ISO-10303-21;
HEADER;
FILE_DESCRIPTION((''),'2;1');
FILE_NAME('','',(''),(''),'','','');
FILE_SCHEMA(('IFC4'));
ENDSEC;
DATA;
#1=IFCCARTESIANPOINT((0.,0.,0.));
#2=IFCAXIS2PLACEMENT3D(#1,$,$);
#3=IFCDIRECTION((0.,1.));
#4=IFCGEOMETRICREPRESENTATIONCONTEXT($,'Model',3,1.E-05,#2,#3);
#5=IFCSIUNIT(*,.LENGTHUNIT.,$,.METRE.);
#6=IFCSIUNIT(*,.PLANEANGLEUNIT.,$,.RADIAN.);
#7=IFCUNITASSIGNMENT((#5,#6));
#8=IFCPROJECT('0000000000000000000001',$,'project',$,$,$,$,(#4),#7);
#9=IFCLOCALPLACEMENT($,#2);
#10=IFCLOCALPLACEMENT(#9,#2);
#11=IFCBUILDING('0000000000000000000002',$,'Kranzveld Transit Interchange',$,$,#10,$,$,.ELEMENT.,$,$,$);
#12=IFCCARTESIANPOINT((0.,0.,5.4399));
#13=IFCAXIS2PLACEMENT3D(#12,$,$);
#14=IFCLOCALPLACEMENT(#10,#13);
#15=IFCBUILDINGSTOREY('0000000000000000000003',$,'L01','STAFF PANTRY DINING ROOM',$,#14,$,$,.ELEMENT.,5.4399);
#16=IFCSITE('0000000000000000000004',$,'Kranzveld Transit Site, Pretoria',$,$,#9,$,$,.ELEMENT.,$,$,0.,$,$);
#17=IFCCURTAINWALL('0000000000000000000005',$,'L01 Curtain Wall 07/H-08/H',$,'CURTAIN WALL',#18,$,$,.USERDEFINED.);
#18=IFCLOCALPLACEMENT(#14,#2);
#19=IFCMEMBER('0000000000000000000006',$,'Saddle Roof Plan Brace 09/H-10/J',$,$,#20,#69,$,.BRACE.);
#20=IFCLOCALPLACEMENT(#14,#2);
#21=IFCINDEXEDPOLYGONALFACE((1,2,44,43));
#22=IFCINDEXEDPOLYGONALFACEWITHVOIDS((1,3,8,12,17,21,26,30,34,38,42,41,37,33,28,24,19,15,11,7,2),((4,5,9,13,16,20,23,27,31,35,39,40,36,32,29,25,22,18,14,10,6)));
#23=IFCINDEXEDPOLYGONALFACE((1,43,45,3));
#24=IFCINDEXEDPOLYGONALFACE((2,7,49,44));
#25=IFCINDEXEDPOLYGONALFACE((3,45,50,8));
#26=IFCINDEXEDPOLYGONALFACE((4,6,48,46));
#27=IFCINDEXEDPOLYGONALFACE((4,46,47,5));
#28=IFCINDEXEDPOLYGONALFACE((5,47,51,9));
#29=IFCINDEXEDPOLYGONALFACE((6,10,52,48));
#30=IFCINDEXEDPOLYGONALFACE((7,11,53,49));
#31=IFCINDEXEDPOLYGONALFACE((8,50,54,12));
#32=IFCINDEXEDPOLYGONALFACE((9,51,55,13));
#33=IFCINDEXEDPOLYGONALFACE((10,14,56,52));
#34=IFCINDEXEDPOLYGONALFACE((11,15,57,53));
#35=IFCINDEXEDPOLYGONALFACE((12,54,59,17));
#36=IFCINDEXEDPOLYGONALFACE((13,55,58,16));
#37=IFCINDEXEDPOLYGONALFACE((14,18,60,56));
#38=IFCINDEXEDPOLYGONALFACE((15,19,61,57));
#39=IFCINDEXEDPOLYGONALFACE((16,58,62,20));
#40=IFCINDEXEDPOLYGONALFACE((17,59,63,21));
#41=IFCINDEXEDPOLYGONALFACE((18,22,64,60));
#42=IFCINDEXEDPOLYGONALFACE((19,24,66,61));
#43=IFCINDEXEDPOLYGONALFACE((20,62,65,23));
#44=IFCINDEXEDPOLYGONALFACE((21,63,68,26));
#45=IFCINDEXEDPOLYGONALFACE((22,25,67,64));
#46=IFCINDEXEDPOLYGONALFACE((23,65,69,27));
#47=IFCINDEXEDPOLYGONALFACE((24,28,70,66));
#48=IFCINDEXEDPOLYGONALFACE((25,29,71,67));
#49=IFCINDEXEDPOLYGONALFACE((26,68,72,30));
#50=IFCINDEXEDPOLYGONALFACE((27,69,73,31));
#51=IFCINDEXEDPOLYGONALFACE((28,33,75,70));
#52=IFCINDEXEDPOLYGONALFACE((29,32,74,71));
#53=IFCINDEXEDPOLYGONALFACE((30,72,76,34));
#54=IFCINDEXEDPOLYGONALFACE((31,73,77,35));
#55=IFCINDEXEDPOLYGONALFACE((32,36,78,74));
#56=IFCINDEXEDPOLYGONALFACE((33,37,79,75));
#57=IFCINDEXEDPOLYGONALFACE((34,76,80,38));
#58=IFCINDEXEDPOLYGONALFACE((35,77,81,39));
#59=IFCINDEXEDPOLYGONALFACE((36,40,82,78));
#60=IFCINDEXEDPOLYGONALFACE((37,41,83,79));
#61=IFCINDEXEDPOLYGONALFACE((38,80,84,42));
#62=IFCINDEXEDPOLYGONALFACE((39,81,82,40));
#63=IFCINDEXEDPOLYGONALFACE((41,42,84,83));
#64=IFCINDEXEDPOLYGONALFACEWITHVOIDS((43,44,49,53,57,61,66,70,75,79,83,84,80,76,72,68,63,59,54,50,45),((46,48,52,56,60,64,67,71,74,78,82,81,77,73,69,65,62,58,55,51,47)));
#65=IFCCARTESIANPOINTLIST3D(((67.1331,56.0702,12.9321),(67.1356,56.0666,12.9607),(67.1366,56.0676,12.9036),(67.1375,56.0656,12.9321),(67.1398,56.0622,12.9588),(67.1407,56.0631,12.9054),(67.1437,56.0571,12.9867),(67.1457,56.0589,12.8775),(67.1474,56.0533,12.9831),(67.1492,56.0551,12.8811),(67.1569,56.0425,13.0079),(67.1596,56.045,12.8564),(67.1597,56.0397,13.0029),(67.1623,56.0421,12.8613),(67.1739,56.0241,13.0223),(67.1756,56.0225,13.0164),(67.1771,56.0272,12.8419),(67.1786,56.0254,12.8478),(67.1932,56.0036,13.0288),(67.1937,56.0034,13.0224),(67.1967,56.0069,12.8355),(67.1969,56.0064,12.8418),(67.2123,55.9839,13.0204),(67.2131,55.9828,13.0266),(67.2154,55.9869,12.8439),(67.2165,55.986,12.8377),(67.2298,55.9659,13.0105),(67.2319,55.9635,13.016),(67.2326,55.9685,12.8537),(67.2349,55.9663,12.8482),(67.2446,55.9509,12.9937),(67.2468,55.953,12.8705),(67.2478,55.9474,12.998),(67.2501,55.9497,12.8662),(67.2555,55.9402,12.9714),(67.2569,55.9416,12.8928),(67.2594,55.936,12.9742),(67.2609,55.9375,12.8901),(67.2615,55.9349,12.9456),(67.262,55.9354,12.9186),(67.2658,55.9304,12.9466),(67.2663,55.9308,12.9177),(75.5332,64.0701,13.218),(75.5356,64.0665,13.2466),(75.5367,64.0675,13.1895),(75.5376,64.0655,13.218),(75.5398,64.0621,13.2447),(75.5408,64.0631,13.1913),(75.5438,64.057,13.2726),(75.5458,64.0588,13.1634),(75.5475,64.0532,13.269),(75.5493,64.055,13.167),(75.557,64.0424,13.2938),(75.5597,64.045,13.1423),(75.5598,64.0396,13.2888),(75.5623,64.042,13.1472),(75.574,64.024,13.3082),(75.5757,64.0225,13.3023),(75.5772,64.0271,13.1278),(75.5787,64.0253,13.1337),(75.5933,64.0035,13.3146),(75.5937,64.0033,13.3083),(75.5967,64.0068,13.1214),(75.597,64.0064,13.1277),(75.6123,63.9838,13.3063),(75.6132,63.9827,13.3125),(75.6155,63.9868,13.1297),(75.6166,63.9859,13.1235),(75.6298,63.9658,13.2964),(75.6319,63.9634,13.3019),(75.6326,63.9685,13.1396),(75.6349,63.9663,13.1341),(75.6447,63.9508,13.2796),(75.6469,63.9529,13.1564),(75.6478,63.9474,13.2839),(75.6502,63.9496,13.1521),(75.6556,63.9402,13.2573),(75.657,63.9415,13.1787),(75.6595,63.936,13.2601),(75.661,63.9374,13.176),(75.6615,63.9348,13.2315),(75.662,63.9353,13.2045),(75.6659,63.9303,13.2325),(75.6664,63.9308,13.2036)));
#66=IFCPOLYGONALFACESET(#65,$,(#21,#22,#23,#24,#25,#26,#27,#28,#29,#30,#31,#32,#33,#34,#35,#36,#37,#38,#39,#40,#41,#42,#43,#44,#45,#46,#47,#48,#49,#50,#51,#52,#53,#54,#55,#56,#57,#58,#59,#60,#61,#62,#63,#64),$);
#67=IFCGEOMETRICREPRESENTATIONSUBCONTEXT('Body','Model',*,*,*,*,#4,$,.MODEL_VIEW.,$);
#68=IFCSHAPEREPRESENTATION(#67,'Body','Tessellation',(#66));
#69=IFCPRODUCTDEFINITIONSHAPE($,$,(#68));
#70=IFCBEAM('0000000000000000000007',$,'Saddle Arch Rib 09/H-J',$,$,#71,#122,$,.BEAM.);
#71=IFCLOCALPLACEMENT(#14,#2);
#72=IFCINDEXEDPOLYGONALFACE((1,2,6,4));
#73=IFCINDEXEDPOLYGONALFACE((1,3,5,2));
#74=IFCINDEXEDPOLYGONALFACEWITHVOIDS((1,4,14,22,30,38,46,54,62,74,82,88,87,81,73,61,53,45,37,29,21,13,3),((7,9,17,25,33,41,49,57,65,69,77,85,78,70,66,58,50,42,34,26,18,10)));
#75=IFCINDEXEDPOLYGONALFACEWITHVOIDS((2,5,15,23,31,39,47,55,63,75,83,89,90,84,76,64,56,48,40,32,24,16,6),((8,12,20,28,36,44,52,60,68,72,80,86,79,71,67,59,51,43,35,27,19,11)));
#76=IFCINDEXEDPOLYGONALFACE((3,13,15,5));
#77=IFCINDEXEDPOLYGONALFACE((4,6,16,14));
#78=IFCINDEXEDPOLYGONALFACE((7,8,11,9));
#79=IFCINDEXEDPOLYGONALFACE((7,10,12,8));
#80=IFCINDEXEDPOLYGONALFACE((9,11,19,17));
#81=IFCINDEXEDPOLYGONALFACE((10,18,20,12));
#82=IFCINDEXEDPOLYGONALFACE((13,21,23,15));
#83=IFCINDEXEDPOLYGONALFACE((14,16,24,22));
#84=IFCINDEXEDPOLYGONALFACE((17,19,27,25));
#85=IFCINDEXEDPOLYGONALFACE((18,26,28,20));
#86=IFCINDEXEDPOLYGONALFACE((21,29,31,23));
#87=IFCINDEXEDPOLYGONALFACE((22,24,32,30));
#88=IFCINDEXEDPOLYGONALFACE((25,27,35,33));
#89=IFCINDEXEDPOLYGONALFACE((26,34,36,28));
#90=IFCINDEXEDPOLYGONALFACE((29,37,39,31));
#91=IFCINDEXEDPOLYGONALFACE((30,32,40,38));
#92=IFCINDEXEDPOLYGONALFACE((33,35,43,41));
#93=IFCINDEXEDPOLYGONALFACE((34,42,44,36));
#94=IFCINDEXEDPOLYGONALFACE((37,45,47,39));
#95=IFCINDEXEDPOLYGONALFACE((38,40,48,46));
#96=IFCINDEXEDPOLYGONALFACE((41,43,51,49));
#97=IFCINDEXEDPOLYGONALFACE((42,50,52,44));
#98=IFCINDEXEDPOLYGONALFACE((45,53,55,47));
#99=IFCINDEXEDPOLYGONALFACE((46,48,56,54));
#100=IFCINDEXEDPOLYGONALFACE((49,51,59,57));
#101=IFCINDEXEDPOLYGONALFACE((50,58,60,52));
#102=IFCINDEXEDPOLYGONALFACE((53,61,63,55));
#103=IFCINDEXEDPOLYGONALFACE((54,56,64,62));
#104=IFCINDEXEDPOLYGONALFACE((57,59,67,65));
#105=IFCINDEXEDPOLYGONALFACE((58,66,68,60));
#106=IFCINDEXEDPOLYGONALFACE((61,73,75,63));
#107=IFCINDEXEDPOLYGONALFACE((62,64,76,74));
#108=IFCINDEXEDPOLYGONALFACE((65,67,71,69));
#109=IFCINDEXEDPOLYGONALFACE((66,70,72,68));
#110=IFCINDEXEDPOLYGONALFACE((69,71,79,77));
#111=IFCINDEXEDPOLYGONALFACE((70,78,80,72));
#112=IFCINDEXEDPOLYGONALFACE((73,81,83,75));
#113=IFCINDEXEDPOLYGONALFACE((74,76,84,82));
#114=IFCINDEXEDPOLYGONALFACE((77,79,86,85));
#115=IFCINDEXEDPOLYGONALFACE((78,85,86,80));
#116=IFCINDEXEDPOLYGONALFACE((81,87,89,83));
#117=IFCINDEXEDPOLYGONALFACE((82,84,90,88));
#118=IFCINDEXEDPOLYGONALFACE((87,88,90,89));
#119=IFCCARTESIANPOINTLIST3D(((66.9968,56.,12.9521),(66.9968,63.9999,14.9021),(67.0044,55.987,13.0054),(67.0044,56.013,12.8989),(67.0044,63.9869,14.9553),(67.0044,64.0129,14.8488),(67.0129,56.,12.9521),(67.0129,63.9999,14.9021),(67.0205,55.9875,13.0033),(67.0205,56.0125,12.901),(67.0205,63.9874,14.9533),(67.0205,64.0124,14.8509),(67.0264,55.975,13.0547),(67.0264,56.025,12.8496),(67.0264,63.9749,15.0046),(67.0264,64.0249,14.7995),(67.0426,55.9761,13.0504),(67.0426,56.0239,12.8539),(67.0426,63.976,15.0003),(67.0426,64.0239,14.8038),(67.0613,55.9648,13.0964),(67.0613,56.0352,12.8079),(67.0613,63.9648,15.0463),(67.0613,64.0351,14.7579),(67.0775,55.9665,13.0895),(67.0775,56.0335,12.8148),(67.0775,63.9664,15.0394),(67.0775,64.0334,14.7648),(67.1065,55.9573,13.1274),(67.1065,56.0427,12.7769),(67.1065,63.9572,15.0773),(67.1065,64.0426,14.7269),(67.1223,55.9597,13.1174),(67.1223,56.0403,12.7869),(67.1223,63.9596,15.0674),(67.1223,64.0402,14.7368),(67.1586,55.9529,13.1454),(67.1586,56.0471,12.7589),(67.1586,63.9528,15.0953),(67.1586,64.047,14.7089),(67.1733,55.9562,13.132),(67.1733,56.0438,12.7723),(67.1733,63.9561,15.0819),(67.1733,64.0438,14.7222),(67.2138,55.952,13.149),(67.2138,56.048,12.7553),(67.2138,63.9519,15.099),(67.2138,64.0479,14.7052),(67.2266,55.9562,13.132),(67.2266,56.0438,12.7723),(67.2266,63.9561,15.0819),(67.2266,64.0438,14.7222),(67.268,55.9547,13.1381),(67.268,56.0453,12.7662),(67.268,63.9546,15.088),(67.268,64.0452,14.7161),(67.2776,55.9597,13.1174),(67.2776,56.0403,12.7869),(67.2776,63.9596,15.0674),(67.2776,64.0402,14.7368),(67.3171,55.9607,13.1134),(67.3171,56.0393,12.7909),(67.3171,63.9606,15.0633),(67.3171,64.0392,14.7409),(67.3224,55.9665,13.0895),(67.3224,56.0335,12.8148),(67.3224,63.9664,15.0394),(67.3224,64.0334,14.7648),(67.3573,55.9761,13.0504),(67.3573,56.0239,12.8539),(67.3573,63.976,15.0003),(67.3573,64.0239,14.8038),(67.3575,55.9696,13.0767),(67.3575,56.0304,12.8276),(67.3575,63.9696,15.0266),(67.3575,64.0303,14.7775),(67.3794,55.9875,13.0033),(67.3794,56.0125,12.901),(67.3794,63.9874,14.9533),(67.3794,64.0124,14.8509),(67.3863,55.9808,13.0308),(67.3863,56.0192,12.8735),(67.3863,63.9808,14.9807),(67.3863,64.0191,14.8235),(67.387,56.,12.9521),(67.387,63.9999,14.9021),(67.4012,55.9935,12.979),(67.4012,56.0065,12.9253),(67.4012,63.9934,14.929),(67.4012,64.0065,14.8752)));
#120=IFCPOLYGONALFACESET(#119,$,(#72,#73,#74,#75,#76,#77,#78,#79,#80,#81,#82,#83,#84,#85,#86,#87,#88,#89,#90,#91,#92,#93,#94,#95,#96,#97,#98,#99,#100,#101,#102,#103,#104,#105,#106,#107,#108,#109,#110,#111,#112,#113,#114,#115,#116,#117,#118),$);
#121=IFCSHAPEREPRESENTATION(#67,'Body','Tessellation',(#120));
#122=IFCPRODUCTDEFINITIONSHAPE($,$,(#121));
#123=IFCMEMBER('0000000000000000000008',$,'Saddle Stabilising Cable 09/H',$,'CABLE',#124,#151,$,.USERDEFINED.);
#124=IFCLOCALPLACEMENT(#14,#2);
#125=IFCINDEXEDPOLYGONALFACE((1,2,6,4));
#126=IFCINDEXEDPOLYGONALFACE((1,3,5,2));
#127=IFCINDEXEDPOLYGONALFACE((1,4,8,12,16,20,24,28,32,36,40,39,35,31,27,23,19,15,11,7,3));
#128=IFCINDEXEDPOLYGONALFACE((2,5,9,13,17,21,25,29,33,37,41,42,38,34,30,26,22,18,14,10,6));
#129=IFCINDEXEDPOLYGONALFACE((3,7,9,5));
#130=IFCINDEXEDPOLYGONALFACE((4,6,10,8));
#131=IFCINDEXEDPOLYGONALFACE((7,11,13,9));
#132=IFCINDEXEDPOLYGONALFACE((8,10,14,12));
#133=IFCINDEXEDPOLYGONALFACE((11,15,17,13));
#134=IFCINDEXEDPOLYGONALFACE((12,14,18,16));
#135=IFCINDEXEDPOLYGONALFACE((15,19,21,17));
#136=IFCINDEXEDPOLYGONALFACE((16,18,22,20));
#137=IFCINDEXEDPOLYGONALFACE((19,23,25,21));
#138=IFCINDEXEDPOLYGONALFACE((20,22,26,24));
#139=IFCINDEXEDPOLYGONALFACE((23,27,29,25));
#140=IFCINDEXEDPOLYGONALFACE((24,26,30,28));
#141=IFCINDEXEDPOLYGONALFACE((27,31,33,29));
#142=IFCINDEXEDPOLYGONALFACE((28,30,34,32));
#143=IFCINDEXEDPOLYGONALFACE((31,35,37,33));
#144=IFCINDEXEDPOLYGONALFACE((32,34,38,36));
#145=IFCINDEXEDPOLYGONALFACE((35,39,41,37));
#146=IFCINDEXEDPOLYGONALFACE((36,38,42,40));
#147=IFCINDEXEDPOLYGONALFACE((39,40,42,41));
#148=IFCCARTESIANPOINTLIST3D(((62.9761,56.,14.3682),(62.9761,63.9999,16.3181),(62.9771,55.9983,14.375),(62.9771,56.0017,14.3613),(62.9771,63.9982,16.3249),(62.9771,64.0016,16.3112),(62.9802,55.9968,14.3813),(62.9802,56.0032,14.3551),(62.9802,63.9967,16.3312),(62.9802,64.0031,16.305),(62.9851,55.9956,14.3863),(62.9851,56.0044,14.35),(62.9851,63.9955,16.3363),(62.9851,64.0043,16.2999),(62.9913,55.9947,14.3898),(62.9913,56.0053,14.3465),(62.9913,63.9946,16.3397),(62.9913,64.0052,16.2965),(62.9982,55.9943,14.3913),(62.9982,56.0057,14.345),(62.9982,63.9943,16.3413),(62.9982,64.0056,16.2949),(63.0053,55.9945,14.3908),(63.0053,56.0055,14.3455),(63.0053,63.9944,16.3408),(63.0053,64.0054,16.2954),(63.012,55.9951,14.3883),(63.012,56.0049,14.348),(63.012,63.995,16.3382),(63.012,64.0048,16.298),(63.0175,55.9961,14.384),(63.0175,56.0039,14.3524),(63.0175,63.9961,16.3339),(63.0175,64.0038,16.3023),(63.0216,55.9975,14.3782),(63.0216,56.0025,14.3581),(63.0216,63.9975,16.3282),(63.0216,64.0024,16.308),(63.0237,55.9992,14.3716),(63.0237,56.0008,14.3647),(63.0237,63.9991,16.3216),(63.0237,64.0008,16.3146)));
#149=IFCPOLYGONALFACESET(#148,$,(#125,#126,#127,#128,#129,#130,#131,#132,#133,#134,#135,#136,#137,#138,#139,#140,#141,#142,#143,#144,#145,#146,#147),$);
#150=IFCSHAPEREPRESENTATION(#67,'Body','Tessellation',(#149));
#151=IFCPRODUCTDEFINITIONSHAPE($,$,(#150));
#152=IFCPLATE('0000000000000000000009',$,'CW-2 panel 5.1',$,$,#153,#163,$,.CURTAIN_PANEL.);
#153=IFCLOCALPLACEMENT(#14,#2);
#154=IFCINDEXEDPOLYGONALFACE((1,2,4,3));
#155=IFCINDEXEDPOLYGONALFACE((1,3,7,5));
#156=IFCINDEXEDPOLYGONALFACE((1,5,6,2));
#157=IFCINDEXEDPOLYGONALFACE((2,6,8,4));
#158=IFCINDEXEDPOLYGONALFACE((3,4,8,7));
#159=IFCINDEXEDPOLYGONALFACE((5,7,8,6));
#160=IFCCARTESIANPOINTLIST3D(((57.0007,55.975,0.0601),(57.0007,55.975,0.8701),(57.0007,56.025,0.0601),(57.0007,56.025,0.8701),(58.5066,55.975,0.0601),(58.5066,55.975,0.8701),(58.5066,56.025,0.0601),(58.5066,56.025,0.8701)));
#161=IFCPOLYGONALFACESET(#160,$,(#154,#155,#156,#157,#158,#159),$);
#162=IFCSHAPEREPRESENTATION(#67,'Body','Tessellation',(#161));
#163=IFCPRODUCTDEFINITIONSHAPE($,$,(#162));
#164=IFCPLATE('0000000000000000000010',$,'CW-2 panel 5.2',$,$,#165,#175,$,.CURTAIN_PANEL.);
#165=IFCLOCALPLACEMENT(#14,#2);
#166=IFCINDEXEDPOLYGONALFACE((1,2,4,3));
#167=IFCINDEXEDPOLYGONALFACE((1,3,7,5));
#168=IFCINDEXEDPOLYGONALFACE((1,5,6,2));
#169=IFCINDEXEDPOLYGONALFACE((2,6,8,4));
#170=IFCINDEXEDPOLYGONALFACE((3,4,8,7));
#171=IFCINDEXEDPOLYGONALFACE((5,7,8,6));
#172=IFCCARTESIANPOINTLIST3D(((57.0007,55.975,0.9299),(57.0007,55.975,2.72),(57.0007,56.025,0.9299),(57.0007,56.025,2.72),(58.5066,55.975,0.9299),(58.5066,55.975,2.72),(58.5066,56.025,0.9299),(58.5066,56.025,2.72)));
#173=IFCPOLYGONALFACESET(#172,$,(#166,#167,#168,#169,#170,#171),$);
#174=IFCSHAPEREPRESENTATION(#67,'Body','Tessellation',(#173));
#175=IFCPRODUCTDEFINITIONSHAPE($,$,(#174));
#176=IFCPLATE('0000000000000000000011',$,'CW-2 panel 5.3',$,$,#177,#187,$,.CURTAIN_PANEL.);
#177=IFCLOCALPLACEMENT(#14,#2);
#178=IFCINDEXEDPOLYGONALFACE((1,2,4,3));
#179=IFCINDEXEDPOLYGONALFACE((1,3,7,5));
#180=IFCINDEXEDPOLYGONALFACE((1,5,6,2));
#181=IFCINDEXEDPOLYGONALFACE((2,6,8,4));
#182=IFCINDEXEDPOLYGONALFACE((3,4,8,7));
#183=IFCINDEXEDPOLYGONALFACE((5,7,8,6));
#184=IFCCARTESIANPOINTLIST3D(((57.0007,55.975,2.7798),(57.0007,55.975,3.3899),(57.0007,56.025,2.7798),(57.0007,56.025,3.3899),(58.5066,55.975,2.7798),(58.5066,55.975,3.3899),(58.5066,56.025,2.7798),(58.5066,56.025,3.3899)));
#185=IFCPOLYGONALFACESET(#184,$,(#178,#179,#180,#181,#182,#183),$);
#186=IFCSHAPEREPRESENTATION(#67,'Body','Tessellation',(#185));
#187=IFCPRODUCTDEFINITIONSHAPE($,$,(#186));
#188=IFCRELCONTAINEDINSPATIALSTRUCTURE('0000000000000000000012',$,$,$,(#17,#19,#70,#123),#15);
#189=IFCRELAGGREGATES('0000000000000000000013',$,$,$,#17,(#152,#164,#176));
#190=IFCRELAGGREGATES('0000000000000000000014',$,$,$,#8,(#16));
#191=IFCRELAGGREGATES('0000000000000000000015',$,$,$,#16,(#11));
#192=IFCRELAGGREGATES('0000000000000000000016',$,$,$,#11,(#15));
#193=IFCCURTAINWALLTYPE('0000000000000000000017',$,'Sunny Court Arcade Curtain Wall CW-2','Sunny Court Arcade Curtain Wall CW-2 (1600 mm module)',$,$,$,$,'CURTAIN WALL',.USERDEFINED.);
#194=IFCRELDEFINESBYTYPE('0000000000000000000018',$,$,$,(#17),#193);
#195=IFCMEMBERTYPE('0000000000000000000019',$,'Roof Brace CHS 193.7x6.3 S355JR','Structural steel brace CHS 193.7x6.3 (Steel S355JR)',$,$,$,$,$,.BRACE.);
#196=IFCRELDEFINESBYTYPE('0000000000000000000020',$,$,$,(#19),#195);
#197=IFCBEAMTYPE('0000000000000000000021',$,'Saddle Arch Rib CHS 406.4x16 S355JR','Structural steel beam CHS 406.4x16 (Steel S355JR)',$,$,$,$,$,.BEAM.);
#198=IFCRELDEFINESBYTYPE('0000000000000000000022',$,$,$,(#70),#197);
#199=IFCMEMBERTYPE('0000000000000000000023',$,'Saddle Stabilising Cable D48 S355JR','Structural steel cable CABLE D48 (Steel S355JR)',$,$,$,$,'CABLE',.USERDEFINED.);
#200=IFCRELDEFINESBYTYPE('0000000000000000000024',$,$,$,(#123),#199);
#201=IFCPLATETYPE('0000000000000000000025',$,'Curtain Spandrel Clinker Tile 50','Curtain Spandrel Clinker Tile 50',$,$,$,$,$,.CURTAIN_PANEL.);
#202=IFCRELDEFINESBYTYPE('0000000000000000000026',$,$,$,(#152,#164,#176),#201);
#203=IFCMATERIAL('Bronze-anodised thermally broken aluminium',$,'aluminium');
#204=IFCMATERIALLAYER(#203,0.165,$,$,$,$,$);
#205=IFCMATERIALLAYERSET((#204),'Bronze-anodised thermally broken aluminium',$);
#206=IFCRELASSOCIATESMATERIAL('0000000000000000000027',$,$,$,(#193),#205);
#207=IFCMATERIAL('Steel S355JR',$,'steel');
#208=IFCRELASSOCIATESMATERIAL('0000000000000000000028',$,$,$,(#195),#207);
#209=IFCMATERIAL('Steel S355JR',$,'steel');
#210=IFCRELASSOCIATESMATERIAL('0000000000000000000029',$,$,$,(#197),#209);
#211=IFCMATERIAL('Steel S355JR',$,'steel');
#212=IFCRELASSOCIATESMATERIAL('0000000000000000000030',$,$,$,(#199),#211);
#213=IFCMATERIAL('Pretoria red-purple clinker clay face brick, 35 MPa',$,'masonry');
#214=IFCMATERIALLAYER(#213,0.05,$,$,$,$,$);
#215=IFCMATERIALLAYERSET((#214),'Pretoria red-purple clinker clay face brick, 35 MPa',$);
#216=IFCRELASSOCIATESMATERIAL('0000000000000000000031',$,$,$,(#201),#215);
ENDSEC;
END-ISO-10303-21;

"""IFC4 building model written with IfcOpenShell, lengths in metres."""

from ifc_helpers import new_model, si_unit, direction, frame, origin, origin_2d, place, context, subcontext, project, spatial, rectangle, circle, hollow_circle, extrude, material, layer, layer_set, material_profile, profile_set, type_object, element, aggregate, save


model = new_model("IFC4")

# Units and contexts
model_context = context("Model", 3, precision=1e-05, world=origin(), true_north=direction((0.0, 1.0)))
body_context = subcontext(model_context, "Body", "Model", "MODEL_VIEW")
ifc_project = project(units=[si_unit("LENGTHUNIT", "METRE"), si_unit("PLANEANGLEUNIT", "RADIAN")], contexts=[model_context])

# Site, building, storey
site_placement = place(None, origin())
site = spatial("IfcSite", under=ifc_project, at=site_placement, Name="Kranzveld Transit Site, Pretoria", CompositionType="ELEMENT", RefElevation=0.0)
building_placement = place(site_placement, origin())
building = spatial("IfcBuilding", under=site, at=building_placement, Name="Kranzveld Transit Interchange", CompositionType="ELEMENT")
storey_placement = place(building_placement, frame((0.0, 0.0, 5.4399)))
storey = spatial("IfcBuildingStorey", under=building, at=storey_placement, Name="L01", Description="STAFF PANTRY DINING ROOM", CompositionType="ELEMENT", Elevation=5.4399)

# Curtain wall
ifc_material_1 = material(Name="Bronze-anodised thermally broken aluminium", Category="aluminium")
ifc_layer_1 = layer(ifc_material_1, 0.165)
ifc_layer_set_1 = layer_set([ifc_layer_1], Name="Bronze-anodised thermally broken aluminium")
curtain_wall_type = type_object("IfcCurtainWallType", Name="Sunny Court Arcade Curtain Wall CW-2", Description="Sunny Court Arcade Curtain Wall CW-2 (1600 mm module)", ElementType="CURTAIN WALL", PredefinedType="USERDEFINED", material=ifc_layer_set_1)
curtain_wall_placement = place(storey_placement, origin())
curtain_wall = element("IfcCurtainWall", 1, at=curtain_wall_placement, inside=storey, type_object=curtain_wall_type, Name="L01 Curtain Wall 07/H-08/H", ObjectType="CURTAIN WALL", PredefinedType="USERDEFINED")

# Member
ifc_material_2 = material(Name="Steel S355JR", Category="steel")
ifc_material_profile_1 = material_profile(ifc_material_2, hollow_circle(Radius=0.0969, WallThickness=0.0063, at=origin_2d()), Name="CHS 193.7x6.3")
ifc_profile_set_1 = profile_set([ifc_material_profile_1], Name="Steel S355JR")
member_type_1 = type_object("IfcMemberType", Name="Roof Brace CHS 193.7x6.3 S355JR", Description="Structural steel brace CHS 193.7x6.3 (Steel S355JR)", PredefinedType="BRACE", material=ifc_profile_set_1)
member_1_placement = place(storey_placement, frame((67.2, 56.0, 12.9321), z_axis=(0.723924, 0.68944, 0.024638), x_axis=(-0.689649, 0.724144, 0.0)))
element("IfcMember", 2, at=member_1_placement, inside=storey, type_object=member_type_1, Name="Saddle Roof Plan Brace 09/H-10/J", PredefinedType="BRACE", context=body_context, shape_type="SweptSolid", body=[
    extrude(hollow_circle(Radius=0.0969, WallThickness=0.0063, at=origin_2d()), origin(), (0.0, 0.0, 1.0), 11.6035),
])

# Beam
ifc_material_3 = material(Name="Steel S355JR", Category="steel")
ifc_material_profile_2 = material_profile(ifc_material_3, hollow_circle(Radius=0.2031, WallThickness=0.0161, at=origin_2d()), Name="CHS 406.4x16")
ifc_profile_set_2 = profile_set([ifc_material_profile_2], Name="Steel S355JR")
beam_type_1 = type_object("IfcBeamType", Name="Saddle Arch Rib CHS 406.4x16 S355JR", Description="Structural steel beam CHS 406.4x16 (Steel S355JR)", PredefinedType="BEAM", material=ifc_profile_set_2)
beam_1_placement = place(storey_placement, frame((67.2, 56.0, 12.9521), z_axis=(0.0, 0.971556, 0.236811), x_axis=(-1.0, 0.0, 0.0)))
element("IfcBeam", 3, at=beam_1_placement, inside=storey, type_object=beam_type_1, Name="Saddle Arch Rib 09/H-J", PredefinedType="BEAM", context=body_context, shape_type="SweptSolid", body=[
    extrude(hollow_circle(Radius=0.2031, WallThickness=0.0161, at=origin_2d()), origin(), (0.0, 0.0, 1.0), 8.2341),
])

# Member
ifc_material_4 = material(Name="Steel S355JR", Category="steel")
ifc_material_profile_3 = material_profile(ifc_material_4, circle(Radius=0.0239, at=origin_2d()), Name="CABLE D48")
ifc_profile_set_3 = profile_set([ifc_material_profile_3], Name="Steel S355JR")
member_type_2 = type_object("IfcMemberType", Name="Saddle Stabilising Cable D48 S355JR", Description="Structural steel cable CABLE D48 (Steel S355JR)", ElementType="CABLE", PredefinedType="USERDEFINED", material=ifc_profile_set_3)
member_2_placement = place(storey_placement, frame((63.0, 56.0, 14.3682), z_axis=(0.0, 0.971556, 0.236811), x_axis=(-1.0, 0.0, 0.0)))
element("IfcMember", 4, at=member_2_placement, inside=storey, type_object=member_type_2, Name="Saddle Stabilising Cable 09/H", ObjectType="CABLE", PredefinedType="USERDEFINED", context=body_context, shape_type="SweptSolid", body=[
    extrude(circle(Radius=0.0239, at=origin_2d()), origin(), (0.0, 0.0, 1.0), 8.2341),
])

# Plates
ifc_material_5 = material(Name="Pretoria red-purple clinker clay face brick, 35 MPa", Category="masonry")
ifc_layer_2 = layer(ifc_material_5, 0.05)
ifc_layer_set_2 = layer_set([ifc_layer_2], Name="Pretoria red-purple clinker clay face brick, 35 MPa")
plate_type_1 = type_object("IfcPlateType", Name="Curtain Spandrel Clinker Tile 50", Description="Curtain Spandrel Clinker Tile 50", PredefinedType="CURTAIN_PANEL", material=ifc_layer_set_2)
plate_1_placement = place(storey_placement, frame((57.7537, 56.0, 0.0601), z_axis=(0.0, 0.0, 1.0), x_axis=(1.0, 0.0, 0.0)))
plate_1 = element("IfcPlate", 5, at=plate_1_placement, type_object=plate_type_1, Name="CW-2 panel 5.1", PredefinedType="CURTAIN_PANEL", context=body_context, shape_type="SweptSolid", body=[
    extrude(rectangle(XDim=1.5059, YDim=0.05, at=origin_2d()), origin(), (0.0, 0.0, 1.0), 0.8101),
])
plate_2_placement = place(storey_placement, frame((57.7537, 56.0, 0.9299), z_axis=(0.0, 0.0, 1.0), x_axis=(1.0, 0.0, 0.0)))
plate_2 = element("IfcPlate", 6, at=plate_2_placement, type_object=plate_type_1, Name="CW-2 panel 5.2", PredefinedType="CURTAIN_PANEL", context=body_context, shape_type="SweptSolid", body=[
    extrude(rectangle(XDim=1.5059, YDim=0.05, at=origin_2d()), origin(), (0.0, 0.0, 1.0), 1.79),
])
plate_3_placement = place(storey_placement, frame((57.7537, 56.0, 2.7798), z_axis=(0.0, 0.0, 1.0), x_axis=(1.0, 0.0, 0.0)))
plate_3 = element("IfcPlate", 7, at=plate_3_placement, type_object=plate_type_1, Name="CW-2 panel 5.3", PredefinedType="CURTAIN_PANEL", context=body_context, shape_type="SweptSolid", body=[
    extrude(rectangle(XDim=1.5059, YDim=0.05, at=origin_2d()), origin(), (0.0, 0.0, 1.0), 0.6101),
])
aggregate(curtain_wall, [plate_1, plate_2, plate_3])

save(model, "model.ifc")
